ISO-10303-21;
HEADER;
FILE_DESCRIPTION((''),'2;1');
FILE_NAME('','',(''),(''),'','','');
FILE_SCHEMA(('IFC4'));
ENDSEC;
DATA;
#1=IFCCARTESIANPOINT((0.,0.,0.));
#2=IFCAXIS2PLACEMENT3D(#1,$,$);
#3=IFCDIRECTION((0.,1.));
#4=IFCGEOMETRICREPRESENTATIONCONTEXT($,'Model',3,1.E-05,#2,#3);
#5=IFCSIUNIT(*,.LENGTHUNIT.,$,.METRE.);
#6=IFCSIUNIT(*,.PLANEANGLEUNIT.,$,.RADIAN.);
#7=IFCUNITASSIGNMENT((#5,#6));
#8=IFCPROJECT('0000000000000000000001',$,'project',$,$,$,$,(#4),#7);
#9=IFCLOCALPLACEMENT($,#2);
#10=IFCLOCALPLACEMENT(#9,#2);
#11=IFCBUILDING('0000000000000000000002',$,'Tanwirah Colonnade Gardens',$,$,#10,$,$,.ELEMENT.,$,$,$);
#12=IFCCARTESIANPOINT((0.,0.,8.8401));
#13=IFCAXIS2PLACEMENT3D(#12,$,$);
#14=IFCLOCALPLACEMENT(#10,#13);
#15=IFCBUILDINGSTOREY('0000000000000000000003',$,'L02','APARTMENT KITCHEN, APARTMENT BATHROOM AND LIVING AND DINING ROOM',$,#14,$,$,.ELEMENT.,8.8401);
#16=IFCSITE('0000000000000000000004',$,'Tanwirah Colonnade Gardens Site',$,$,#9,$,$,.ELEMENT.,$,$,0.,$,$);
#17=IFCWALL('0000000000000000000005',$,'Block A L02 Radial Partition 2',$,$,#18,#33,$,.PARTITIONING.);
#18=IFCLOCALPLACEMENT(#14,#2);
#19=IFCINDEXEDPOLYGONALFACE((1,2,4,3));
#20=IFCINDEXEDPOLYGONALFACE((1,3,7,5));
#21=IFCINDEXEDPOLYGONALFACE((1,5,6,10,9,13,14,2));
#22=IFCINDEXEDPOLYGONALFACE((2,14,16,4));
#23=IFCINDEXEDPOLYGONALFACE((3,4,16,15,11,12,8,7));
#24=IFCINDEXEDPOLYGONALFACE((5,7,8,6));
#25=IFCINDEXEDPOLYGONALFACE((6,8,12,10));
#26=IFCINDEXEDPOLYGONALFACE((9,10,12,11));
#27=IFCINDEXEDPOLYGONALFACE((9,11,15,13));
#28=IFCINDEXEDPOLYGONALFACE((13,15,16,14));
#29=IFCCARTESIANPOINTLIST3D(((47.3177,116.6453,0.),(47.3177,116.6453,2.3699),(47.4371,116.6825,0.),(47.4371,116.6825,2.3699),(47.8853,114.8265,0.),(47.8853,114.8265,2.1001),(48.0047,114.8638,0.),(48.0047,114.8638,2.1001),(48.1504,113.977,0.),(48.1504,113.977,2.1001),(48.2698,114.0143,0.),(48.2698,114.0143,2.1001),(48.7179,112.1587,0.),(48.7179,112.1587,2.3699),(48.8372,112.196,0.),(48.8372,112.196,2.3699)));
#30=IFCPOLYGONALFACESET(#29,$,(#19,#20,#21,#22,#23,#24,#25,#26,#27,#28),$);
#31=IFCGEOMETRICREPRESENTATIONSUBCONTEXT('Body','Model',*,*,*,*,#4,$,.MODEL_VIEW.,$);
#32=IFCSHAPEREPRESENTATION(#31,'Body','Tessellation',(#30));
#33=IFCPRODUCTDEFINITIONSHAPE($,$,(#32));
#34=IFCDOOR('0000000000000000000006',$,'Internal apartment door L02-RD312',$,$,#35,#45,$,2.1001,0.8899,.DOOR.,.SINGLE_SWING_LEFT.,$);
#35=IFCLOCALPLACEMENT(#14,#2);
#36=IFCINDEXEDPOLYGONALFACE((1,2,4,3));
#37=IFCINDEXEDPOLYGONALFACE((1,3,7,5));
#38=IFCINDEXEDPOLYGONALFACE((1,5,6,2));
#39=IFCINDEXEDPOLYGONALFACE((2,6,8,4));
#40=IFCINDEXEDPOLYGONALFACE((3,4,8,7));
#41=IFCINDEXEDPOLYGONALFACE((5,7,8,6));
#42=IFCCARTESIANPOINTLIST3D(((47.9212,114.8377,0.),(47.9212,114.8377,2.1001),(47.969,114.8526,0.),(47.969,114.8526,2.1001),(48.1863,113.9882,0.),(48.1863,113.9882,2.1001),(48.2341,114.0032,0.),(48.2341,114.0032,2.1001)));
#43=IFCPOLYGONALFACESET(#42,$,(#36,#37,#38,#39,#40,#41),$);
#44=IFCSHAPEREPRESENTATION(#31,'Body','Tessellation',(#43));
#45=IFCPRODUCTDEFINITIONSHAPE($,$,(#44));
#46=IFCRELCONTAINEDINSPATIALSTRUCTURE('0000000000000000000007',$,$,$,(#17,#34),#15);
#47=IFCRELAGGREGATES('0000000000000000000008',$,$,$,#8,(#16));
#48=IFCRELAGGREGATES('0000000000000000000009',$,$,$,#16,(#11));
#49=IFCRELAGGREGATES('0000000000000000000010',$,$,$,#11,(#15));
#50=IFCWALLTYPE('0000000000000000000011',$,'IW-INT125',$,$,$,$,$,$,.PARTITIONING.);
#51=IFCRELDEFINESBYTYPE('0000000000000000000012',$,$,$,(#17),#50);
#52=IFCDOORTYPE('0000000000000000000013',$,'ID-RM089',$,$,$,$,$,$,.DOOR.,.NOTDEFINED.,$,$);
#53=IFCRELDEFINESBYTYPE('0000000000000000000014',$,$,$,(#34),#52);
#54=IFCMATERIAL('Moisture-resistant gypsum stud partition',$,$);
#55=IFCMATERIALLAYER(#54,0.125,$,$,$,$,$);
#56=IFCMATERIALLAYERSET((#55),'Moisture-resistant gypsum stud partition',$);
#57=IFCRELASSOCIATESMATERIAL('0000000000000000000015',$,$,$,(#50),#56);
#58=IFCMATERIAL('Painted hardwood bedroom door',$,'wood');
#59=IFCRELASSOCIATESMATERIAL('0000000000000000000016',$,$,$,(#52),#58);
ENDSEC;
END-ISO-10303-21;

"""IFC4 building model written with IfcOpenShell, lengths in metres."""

from ifc_helpers import new_model, si_unit, direction, frame, frame_2d, origin, place, context, subcontext, project, spatial, rectangle, extrude, material, layer, layer_set, type_object, element, fill, save


model = new_model("IFC4")

# Units and contexts
model_context = context("Model", 3, precision=1e-05, world=origin(), true_north=direction((0.0, 1.0)))
body_context = subcontext(model_context, "Body", "Model", "MODEL_VIEW")
ifc_project = project(units=[si_unit("LENGTHUNIT", "METRE"), si_unit("PLANEANGLEUNIT", "RADIAN")], contexts=[model_context])

# Site, building, storey
site_placement = place(None, origin())
site = spatial("IfcSite", under=ifc_project, at=site_placement, Name="Tanwirah Colonnade Gardens Site", CompositionType="ELEMENT", RefElevation=0.0)
building_placement = place(site_placement, origin())
building = spatial("IfcBuilding", under=site, at=building_placement, Name="Tanwirah Colonnade Gardens", CompositionType="ELEMENT")
storey_placement = place(building_placement, frame((0.0, 0.0, 8.8401)))
storey = spatial("IfcBuildingStorey", under=building, at=storey_placement, Name="L02", Description="APARTMENT KITCHEN, APARTMENT BATHROOM AND LIVING AND DINING ROOM", CompositionType="ELEMENT", Elevation=8.8401)

# Wall, opening, door
ifc_material_1 = material(Name="Moisture-resistant gypsum stud partition")
ifc_layer_1 = layer(ifc_material_1, 0.125)
ifc_layer_set_1 = layer_set([ifc_layer_1], Name="Moisture-resistant gypsum stud partition")
wall_type_1 = type_object("IfcWallType", Name="IW-INT125", PredefinedType="PARTITIONING", material=ifc_layer_set_1)
wall_1_placement = place(storey_placement, frame((48.7776, 112.1772, 0.0), z_axis=(0.0, 0.0, 1.0), x_axis=(-0.297905, 0.954595, 0.0)))
wall_1 = element("IfcWall", 1, at=wall_1_placement, inside=storey, type_object=wall_type_1, Name="Block A L02 Radial Partition 2", PredefinedType="PARTITIONING", context=body_context, shape_type="SweptSolid", body=[
    extrude(rectangle(XDim=4.7, YDim=0.125, at=frame_2d((2.3501, 0.0))), origin(), (0.0, 0.0, 1.0), 2.3699),
])
opening_1_placement = place(wall_1_placement, frame((1.905, 0.0, 0.0)))
opening_1 = element("IfcOpeningElement", 2, at=opening_1_placement, cuts=wall_1, PredefinedType="OPENING", context=body_context, shape_type="SweptSolid", body=[
    extrude(rectangle(XDim=0.8899, YDim=2.1001, at=frame_2d((0.4448, 1.05))), frame((0.0, 0.0725, 0.0), z_axis=(0.0, -1.0, 0.0), x_axis=(1.0, 0.0, 0.0)), (0.0, 0.0, 1.0), 0.145),
])
ifc_material_2 = material(Name="Painted hardwood bedroom door", Category="wood")
door_type_1 = type_object("IfcDoorType", Name="ID-RM089", OperationType="NOTDEFINED", PredefinedType="DOOR", material=ifc_material_2)
door_1_placement = place(opening_1_placement, origin())
door_1 = element("IfcDoor", 3, at=door_1_placement, inside=storey, type_object=door_type_1, Name="Internal apartment door L02-RD312", OperationType="SINGLE_SWING_LEFT", OverallHeight=2.1001, OverallWidth=0.8899, PredefinedType="DOOR", context=body_context, shape_type="SweptSolid", body=[
    extrude(rectangle(XDim=0.8899, YDim=2.1001, at=frame_2d((0.4448, 1.05))), frame((0.0, 0.0249, 0.0), z_axis=(0.0, -1.0, 0.0), x_axis=(1.0, 0.0, 0.0)), (0.0, 0.0, 1.0), 0.05),
])
fill(opening_1, door_1)

save(model, "model.ifc")
